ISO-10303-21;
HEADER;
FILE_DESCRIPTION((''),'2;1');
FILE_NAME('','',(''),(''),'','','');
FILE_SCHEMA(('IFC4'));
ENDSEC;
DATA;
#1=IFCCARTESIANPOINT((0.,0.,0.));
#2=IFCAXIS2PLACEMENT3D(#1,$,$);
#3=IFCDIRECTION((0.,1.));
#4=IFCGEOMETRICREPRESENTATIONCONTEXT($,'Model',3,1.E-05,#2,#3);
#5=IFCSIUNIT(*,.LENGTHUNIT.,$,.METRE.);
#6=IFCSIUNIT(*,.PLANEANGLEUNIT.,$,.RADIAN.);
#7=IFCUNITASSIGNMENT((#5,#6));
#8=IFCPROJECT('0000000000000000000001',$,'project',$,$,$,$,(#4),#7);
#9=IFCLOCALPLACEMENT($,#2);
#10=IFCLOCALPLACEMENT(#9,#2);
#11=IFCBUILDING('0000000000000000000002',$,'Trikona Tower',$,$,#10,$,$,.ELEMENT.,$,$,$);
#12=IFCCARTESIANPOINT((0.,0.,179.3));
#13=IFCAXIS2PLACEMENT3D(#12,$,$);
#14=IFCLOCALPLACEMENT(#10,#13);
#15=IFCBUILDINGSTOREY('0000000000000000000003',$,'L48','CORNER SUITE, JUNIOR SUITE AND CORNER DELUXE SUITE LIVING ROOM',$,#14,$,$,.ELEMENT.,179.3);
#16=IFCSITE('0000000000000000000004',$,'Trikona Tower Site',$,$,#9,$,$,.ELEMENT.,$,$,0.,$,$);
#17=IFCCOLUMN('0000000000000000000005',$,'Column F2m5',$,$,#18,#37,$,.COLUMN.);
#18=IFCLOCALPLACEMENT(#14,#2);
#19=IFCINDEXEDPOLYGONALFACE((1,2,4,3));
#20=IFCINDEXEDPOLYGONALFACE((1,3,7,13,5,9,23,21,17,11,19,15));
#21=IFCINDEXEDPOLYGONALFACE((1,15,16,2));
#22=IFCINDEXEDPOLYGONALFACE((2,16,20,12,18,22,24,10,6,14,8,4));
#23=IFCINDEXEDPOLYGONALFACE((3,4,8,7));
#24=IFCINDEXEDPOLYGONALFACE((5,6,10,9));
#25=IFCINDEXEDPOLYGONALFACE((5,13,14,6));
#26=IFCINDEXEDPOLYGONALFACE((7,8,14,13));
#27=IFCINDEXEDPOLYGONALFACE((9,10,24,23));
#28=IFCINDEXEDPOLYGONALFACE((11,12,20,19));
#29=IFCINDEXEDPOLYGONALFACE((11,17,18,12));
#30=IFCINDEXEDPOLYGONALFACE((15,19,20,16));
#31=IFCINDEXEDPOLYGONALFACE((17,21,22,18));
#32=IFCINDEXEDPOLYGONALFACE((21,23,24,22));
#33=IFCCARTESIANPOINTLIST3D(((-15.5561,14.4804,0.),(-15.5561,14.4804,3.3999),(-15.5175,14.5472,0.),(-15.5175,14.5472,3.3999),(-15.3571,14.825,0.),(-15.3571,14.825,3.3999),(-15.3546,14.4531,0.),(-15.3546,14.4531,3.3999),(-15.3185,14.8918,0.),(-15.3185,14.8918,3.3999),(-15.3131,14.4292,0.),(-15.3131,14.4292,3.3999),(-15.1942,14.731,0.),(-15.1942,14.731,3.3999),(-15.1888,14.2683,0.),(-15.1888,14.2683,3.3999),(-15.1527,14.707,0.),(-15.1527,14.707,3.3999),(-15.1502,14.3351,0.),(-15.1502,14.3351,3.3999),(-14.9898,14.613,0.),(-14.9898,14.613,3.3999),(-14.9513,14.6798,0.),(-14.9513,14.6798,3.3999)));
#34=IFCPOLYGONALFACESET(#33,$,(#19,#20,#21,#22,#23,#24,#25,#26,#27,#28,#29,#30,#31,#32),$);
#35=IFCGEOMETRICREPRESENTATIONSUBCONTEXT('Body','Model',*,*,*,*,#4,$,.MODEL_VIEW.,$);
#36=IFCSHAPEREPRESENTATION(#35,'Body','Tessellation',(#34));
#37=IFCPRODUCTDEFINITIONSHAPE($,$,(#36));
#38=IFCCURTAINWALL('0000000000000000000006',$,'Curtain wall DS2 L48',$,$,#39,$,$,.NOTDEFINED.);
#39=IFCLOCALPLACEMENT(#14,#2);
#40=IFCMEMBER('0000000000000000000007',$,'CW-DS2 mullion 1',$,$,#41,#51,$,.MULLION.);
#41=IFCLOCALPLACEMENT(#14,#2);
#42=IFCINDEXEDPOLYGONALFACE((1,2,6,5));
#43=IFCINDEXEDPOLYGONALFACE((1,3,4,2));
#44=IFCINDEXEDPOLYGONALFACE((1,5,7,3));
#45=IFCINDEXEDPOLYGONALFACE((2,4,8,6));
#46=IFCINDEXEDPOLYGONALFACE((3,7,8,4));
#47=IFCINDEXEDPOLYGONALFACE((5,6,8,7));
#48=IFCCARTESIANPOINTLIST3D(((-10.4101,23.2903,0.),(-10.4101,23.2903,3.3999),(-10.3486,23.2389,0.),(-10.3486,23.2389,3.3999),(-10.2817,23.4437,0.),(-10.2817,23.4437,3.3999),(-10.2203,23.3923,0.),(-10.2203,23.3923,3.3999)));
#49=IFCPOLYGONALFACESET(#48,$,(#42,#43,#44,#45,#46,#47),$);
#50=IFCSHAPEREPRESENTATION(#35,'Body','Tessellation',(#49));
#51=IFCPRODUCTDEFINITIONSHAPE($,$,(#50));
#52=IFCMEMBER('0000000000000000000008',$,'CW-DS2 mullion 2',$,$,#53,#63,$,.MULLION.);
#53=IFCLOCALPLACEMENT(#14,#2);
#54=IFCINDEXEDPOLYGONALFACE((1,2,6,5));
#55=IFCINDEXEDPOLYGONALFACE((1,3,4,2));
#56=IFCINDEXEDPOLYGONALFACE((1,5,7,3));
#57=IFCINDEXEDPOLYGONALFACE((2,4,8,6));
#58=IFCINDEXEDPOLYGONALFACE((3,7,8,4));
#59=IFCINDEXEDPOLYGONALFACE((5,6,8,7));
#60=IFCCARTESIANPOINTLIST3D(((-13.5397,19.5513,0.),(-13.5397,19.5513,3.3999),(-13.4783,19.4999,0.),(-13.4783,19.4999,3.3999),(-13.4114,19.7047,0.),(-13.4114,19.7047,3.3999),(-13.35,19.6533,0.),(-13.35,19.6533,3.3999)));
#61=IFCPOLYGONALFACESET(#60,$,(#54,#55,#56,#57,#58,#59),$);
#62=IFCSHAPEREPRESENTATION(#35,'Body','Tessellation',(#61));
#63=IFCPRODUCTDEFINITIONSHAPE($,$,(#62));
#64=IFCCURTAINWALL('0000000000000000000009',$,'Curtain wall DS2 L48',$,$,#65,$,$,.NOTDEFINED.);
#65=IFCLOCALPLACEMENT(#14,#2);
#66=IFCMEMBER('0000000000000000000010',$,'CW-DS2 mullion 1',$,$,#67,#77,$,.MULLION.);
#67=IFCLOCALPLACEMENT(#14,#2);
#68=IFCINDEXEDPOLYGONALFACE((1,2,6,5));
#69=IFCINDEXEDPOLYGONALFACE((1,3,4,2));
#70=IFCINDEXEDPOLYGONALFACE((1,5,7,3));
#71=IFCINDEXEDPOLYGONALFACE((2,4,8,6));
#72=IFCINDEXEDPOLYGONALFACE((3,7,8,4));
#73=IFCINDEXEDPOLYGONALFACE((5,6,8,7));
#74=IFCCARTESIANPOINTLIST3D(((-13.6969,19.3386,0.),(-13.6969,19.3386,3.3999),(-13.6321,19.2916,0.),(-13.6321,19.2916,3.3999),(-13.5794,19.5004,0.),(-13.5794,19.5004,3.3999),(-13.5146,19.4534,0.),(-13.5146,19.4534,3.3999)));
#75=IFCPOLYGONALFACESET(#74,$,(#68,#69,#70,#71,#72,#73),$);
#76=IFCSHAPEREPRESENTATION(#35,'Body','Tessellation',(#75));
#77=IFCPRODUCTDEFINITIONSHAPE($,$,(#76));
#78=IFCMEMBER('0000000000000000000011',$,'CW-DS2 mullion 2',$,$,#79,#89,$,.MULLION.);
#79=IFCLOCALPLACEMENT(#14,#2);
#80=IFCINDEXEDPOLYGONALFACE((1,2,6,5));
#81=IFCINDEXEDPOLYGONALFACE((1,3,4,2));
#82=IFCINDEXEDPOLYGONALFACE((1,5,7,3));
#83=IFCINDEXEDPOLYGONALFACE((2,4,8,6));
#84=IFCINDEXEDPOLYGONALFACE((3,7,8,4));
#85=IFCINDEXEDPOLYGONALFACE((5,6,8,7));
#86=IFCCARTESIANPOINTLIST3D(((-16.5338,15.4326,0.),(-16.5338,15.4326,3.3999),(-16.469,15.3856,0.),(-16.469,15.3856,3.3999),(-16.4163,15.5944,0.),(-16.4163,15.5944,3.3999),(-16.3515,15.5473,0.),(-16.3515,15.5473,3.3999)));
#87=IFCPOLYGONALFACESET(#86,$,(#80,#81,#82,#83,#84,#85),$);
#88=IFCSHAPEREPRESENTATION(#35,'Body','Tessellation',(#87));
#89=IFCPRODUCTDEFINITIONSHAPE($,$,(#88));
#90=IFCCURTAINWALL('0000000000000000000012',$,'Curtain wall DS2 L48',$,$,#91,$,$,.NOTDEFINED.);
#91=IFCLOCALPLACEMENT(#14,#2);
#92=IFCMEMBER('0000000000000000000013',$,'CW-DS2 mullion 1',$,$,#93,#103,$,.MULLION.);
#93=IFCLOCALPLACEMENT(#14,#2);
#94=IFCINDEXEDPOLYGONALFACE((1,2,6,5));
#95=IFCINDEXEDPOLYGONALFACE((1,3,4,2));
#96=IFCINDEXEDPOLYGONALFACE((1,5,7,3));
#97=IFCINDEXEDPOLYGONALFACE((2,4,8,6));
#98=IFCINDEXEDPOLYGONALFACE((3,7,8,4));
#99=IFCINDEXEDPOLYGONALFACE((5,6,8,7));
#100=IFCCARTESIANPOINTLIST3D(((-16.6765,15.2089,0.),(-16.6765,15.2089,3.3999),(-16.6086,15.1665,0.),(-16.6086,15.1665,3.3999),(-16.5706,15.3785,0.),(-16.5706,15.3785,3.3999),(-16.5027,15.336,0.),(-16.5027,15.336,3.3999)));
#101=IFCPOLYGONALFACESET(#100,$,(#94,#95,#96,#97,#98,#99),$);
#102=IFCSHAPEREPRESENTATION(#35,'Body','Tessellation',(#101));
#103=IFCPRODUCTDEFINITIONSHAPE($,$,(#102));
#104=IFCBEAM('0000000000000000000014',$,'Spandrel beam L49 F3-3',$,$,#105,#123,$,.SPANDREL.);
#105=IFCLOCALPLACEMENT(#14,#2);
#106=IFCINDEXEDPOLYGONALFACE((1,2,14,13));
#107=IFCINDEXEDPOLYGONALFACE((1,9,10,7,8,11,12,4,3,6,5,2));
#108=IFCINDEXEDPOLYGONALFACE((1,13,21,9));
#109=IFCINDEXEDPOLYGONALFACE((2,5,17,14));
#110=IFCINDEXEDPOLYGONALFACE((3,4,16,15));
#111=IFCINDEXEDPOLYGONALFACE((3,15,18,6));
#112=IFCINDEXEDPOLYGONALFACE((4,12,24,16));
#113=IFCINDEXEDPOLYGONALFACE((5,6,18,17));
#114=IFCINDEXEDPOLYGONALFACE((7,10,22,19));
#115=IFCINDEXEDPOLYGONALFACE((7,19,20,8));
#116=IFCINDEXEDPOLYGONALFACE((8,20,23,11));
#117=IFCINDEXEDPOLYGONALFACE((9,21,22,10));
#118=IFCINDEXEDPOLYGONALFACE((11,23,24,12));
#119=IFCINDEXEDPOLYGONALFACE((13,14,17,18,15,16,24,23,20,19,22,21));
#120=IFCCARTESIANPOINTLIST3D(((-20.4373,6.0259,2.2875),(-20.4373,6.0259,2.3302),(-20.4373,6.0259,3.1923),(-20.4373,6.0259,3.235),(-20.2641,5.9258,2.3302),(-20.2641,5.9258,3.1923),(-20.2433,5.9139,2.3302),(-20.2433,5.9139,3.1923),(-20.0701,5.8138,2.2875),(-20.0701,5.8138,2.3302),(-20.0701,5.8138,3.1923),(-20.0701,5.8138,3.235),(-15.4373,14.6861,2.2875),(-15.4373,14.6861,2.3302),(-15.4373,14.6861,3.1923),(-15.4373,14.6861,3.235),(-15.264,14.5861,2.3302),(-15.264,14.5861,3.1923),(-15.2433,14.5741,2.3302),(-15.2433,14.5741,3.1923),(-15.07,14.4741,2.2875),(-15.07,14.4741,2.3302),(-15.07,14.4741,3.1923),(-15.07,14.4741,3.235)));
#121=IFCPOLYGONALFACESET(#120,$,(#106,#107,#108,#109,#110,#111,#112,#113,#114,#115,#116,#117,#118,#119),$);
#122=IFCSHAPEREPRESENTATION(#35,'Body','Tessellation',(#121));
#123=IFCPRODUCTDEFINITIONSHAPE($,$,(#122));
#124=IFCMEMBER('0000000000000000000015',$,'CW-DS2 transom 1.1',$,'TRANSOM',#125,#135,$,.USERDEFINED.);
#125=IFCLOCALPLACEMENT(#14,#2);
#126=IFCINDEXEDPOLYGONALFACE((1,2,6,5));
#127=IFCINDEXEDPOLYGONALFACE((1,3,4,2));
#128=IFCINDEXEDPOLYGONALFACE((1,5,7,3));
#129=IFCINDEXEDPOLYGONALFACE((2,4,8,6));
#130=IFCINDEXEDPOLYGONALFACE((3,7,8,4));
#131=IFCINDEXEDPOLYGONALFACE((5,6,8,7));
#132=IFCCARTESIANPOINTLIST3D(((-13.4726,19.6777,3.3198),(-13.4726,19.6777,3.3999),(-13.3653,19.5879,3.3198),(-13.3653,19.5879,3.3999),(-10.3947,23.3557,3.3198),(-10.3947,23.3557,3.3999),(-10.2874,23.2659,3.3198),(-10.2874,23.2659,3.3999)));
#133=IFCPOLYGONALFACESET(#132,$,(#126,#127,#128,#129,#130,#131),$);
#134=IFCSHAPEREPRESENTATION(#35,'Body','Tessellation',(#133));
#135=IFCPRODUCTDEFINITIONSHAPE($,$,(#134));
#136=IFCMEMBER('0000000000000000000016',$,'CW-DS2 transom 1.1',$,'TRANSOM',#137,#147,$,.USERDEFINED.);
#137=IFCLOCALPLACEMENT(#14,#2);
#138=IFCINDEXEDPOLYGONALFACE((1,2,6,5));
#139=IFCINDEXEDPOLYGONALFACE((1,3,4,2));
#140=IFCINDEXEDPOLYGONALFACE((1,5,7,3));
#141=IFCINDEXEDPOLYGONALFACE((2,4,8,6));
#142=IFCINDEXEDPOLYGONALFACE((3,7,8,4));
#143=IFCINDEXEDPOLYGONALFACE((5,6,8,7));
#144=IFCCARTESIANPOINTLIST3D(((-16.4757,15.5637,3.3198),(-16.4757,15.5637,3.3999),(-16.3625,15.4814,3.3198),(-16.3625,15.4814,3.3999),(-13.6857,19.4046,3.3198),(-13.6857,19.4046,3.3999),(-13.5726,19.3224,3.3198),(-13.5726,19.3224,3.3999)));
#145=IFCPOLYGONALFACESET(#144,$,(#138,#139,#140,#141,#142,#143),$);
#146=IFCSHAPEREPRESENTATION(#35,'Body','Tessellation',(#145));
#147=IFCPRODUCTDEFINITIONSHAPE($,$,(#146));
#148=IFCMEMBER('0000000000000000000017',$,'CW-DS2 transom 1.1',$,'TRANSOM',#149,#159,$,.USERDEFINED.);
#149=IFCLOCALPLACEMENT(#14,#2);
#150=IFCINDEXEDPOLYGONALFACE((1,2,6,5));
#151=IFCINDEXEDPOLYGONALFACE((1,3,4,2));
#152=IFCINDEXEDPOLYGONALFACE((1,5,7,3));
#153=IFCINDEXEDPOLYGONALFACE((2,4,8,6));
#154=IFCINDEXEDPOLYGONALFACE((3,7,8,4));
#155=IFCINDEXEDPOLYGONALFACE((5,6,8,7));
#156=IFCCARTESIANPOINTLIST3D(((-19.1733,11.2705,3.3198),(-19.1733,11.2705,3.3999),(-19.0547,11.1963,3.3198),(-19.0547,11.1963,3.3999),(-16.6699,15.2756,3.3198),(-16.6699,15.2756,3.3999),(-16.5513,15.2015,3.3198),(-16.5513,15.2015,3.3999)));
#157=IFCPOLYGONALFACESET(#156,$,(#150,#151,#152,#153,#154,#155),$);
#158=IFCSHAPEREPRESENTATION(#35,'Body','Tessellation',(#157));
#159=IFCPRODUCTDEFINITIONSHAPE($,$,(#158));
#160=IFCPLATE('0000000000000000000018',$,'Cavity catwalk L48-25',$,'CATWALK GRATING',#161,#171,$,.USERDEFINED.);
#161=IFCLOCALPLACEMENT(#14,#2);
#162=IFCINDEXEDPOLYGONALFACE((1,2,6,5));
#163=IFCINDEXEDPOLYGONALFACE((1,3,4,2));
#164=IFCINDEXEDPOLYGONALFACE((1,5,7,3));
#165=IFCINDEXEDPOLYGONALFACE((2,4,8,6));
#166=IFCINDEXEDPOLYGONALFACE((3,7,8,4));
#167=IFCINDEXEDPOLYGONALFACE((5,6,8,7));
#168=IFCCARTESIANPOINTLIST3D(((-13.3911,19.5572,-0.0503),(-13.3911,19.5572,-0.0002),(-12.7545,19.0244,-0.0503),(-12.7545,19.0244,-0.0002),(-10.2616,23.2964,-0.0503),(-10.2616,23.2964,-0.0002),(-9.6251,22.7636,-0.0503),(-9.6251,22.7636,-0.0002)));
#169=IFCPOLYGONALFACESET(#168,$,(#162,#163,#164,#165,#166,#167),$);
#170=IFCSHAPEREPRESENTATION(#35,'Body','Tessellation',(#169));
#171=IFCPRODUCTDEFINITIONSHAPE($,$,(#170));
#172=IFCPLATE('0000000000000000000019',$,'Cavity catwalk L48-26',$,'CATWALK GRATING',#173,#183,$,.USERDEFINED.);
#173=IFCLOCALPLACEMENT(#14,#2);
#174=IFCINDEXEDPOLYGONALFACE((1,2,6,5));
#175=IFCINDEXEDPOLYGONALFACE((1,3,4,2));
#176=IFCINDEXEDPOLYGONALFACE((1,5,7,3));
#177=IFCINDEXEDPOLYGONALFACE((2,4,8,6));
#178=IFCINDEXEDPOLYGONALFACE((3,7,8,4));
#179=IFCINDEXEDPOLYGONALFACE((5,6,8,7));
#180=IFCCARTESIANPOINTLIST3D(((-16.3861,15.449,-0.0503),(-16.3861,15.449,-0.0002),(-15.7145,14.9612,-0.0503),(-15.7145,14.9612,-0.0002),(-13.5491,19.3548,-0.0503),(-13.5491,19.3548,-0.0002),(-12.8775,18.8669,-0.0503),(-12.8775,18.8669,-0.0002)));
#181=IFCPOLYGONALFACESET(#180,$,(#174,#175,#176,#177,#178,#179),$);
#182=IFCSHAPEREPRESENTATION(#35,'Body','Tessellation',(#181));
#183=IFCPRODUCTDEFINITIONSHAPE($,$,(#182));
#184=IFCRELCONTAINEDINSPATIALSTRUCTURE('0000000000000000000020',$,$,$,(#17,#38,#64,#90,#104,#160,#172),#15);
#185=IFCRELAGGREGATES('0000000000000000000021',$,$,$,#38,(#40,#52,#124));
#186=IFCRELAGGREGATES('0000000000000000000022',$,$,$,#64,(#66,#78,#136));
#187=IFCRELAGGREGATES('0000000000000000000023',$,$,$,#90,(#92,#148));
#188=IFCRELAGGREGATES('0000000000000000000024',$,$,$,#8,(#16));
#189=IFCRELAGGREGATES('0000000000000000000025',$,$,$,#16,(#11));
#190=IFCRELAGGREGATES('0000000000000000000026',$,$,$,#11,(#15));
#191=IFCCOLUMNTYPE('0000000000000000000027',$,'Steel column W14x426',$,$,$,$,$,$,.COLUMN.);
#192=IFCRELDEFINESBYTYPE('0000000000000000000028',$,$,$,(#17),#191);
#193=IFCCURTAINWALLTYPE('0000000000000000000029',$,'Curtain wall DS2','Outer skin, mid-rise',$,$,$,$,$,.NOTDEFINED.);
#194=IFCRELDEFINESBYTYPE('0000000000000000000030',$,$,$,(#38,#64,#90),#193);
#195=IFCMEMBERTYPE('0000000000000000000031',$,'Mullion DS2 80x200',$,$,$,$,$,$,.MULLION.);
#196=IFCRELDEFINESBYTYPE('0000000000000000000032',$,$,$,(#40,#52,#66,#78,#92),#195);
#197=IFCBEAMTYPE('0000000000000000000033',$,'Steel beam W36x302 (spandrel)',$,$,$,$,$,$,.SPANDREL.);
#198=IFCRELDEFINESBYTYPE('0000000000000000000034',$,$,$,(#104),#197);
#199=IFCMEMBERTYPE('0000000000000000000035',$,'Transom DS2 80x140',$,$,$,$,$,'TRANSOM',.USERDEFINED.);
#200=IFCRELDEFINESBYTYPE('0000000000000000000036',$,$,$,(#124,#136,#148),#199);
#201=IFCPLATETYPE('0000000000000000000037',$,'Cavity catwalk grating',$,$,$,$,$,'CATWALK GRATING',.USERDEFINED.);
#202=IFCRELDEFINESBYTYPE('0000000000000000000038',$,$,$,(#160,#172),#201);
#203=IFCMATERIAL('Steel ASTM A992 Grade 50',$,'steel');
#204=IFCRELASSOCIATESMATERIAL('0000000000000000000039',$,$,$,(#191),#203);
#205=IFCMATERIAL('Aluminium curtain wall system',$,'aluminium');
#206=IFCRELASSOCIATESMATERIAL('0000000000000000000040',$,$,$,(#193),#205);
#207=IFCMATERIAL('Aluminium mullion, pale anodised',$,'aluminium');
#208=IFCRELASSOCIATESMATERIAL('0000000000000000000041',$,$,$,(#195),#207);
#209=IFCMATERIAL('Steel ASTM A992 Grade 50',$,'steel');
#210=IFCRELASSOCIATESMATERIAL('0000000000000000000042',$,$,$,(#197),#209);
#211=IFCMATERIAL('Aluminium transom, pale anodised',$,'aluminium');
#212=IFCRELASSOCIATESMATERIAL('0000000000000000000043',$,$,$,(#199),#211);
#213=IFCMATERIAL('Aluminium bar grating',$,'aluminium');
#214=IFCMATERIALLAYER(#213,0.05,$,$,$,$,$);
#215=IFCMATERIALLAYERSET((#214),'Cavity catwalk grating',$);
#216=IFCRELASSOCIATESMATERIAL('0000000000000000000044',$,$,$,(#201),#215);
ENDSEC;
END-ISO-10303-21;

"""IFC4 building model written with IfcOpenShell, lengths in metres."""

from ifc_helpers import new_model, si_unit, direction, frame, origin, origin_2d, place, context, subcontext, project, spatial, rectangle, i_section, extrude, material, layer, layer_set, material_profile, profile_set, type_object, element, aggregate, save


model = new_model("IFC4")

# Units and contexts
model_context = context("Model", 3, precision=1e-05, world=origin(), true_north=direction((0.0, 1.0)))
body_context = subcontext(model_context, "Body", "Model", "MODEL_VIEW")
ifc_project = project(units=[si_unit("LENGTHUNIT", "METRE"), si_unit("PLANEANGLEUNIT", "RADIAN")], contexts=[model_context])

# Site, building, storey
site_placement = place(None, origin())
site = spatial("IfcSite", under=ifc_project, at=site_placement, Name="Trikona Tower Site", CompositionType="ELEMENT", RefElevation=0.0)
building_placement = place(site_placement, origin())
building = spatial("IfcBuilding", under=site, at=building_placement, Name="Trikona Tower", CompositionType="ELEMENT")
storey_placement = place(building_placement, frame((0.0, 0.0, 179.3)))
storey = spatial("IfcBuildingStorey", under=building, at=storey_placement, Name="L48", Description="CORNER SUITE, JUNIOR SUITE AND CORNER DELUXE SUITE LIVING ROOM", CompositionType="ELEMENT", Elevation=179.3)

# Column
ifc_material_1 = material(Name="Steel ASTM A992 Grade 50", Category="steel")
ifc_material_profile_1 = material_profile(ifc_material_1, i_section(OverallWidth=0.4241, OverallDepth=0.4751, WebThickness=0.0479, FlangeThickness=0.0771, at=origin_2d()), Name="W14X426")
ifc_profile_set_1 = profile_set([ifc_material_profile_1], Name="Steel ASTM A992 Grade 50")
column_type = type_object("IfcColumnType", Name="Steel column W14x426", PredefinedType="COLUMN", material=ifc_profile_set_1)
column_placement = place(storey_placement, frame((-15.2537, 14.5801, 0.0), z_axis=(0.0, 0.0, 1.0), x_axis=(-0.866025, 0.5, 0.0)))
element("IfcColumn", 1, at=column_placement, inside=storey, type_object=column_type, Name="Column F2m5", PredefinedType="COLUMN", context=body_context, shape_type="SweptSolid", body=[
    extrude(i_section(OverallWidth=0.4241, OverallDepth=0.4751, WebThickness=0.0479, FlangeThickness=0.0771, at=origin_2d()), origin(), (0.0, 0.0, 1.0), 3.3999),
])

# Curtain walls, members
ifc_material_2 = material(Name="Aluminium curtain wall system", Category="aluminium")
curtain_wall_type = type_object("IfcCurtainWallType", Name="Curtain wall DS2", Description="Outer skin, mid-rise", PredefinedType="NOTDEFINED", material=ifc_material_2)
curtain_wall_1_placement = place(storey_placement, origin())
curtain_wall_1 = element("IfcCurtainWall", 2, at=curtain_wall_1_placement, inside=storey, type_object=curtain_wall_type, Name="Curtain wall DS2 L48", PredefinedType="NOTDEFINED")
ifc_material_3 = material(Name="Aluminium mullion, pale anodised", Category="aluminium")
ifc_material_profile_2 = material_profile(ifc_material_3, rectangle(XDim=0.0801, YDim=0.2, at=origin_2d()), Name="MUL-DS2")
ifc_profile_set_2 = profile_set([ifc_material_profile_2], Name="Aluminium mullion, pale anodised")
member_type_1 = type_object("IfcMemberType", Name="Mullion DS2 80x200", PredefinedType="MULLION", material=ifc_profile_set_2)
member_1_placement = place(storey_placement, frame((-10.3152, 23.3413, 0.0), z_axis=(0.0, 0.0, 1.0), x_axis=(0.766867, -0.641806, 0.0)))
member_1 = element("IfcMember", 3, at=member_1_placement, type_object=member_type_1, Name="CW-DS2 mullion 1", PredefinedType="MULLION", context=body_context, shape_type="SweptSolid", body=[
    extrude(rectangle(XDim=0.0801, YDim=0.2, at=origin_2d()), origin(), (0.0, 0.0, 1.0), 3.3999),
])
member_2_placement = place(storey_placement, frame((-13.4448, 19.6023, 0.0), z_axis=(0.0, 0.0, 1.0), x_axis=(0.766867, -0.641806, 0.0)))
member_2 = element("IfcMember", 4, at=member_2_placement, type_object=member_type_1, Name="CW-DS2 mullion 2", PredefinedType="MULLION", context=body_context, shape_type="SweptSolid", body=[
    extrude(rectangle(XDim=0.0801, YDim=0.2, at=origin_2d()), origin(), (0.0, 0.0, 1.0), 3.3999),
])
curtain_wall_2_placement = place(storey_placement, origin())
curtain_wall_2 = element("IfcCurtainWall", 5, at=curtain_wall_2_placement, inside=storey, type_object=curtain_wall_type, Name="Curtain wall DS2 L48", PredefinedType="NOTDEFINED")
member_3_placement = place(storey_placement, frame((-13.6057, 19.396, 0.0), z_axis=(0.0, 0.0, 1.0), x_axis=(0.809086, -0.587691, 0.0)))
member_3 = element("IfcMember", 6, at=member_3_placement, type_object=member_type_1, Name="CW-DS2 mullion 1", PredefinedType="MULLION", context=body_context, shape_type="SweptSolid", body=[
    extrude(rectangle(XDim=0.0801, YDim=0.2, at=origin_2d()), origin(), (0.0, 0.0, 1.0), 3.3999),
])
member_4_placement = place(storey_placement, frame((-16.4426, 15.49, 0.0), z_axis=(0.0, 0.0, 1.0), x_axis=(0.809086, -0.587691, 0.0)))
member_4 = element("IfcMember", 7, at=member_4_placement, type_object=member_type_1, Name="CW-DS2 mullion 2", PredefinedType="MULLION", context=body_context, shape_type="SweptSolid", body=[
    extrude(rectangle(XDim=0.0801, YDim=0.2, at=origin_2d()), origin(), (0.0, 0.0, 1.0), 3.3999),
])

# Curtain wall, member
curtain_wall_3_placement = place(storey_placement, origin())
curtain_wall_3 = element("IfcCurtainWall", 8, at=curtain_wall_3_placement, inside=storey, type_object=curtain_wall_type, Name="Curtain wall DS2 L48", PredefinedType="NOTDEFINED")
member_5_placement = place(storey_placement, frame((-16.5896, 15.2725, 0.0), z_axis=(0.0, 0.0, 1.0), x_axis=(0.847998, -0.529999, 0.0)))
member_5 = element("IfcMember", 9, at=member_5_placement, type_object=member_type_1, Name="CW-DS2 mullion 1", PredefinedType="MULLION", context=body_context, shape_type="SweptSolid", body=[
    extrude(rectangle(XDim=0.0801, YDim=0.2, at=origin_2d()), origin(), (0.0, 0.0, 1.0), 3.3999),
])

# Beam
ifc_material_4 = material(Name="Steel ASTM A992 Grade 50", Category="steel")
ifc_material_profile_3 = material_profile(ifc_material_4, i_section(OverallWidth=0.4241, OverallDepth=0.9475, WebThickness=0.0239, FlangeThickness=0.0427, at=origin_2d()), Name="W36X302")
ifc_profile_set_3 = profile_set([ifc_material_profile_3], Name="Steel ASTM A992 Grade 50")
beam_type = type_object("IfcBeamType", Name="Steel beam W36x302 (spandrel)", PredefinedType="SPANDREL", material=ifc_profile_set_3)
beam_placement = place(storey_placement, frame((-15.2537, 14.5801, 2.7612), z_axis=(-0.500004, -0.866023, 0.0), x_axis=(0.866023, -0.500004, 0.0)))
element("IfcBeam", 10, at=beam_placement, inside=storey, type_object=beam_type, Name="Spandrel beam L49 F3-3", PredefinedType="SPANDREL", context=body_context, shape_type="SweptSolid", body=[
    extrude(i_section(OverallWidth=0.4241, OverallDepth=0.9475, WebThickness=0.0239, FlangeThickness=0.0427, at=origin_2d()), origin(), (0.0, 0.0, 1.0), 10.0),
])

# Members
ifc_material_5 = material(Name="Aluminium transom, pale anodised", Category="aluminium")
ifc_material_profile_4 = material_profile(ifc_material_5, rectangle(XDim=0.1399, YDim=0.0801, at=origin_2d()), Name="TRN-DS2")
ifc_profile_set_4 = profile_set([ifc_material_profile_4], Name="Aluminium transom, pale anodised")
member_type_2 = type_object("IfcMemberType", Name="Transom DS2 80x140", ElementType="TRANSOM", PredefinedType="USERDEFINED", material=ifc_profile_set_4)
member_6_placement = place(storey_placement, frame((-10.3411, 23.3108, 3.3599), z_axis=(-0.64177, -0.766897, 0.0), x_axis=(0.766897, -0.64177, 0.0)))
member_6 = element("IfcMember", 11, at=member_6_placement, type_object=member_type_2, Name="CW-DS2 transom 1.1", ObjectType="TRANSOM", PredefinedType="USERDEFINED", context=body_context, shape_type="SweptSolid", body=[
    extrude(rectangle(XDim=0.1399, YDim=0.0801, at=origin_2d()), origin(), (0.0, 0.0, 1.0), 4.7959),
])
member_7_placement = place(storey_placement, frame((-13.6292, 19.3635, 3.3599), z_axis=(-0.587695, -0.809083, 0.0), x_axis=(0.809083, -0.587695, 0.0)))
member_7 = element("IfcMember", 12, at=member_7_placement, type_object=member_type_2, Name="CW-DS2 transom 1.1", ObjectType="TRANSOM", PredefinedType="USERDEFINED", context=body_context, shape_type="SweptSolid", body=[
    extrude(rectangle(XDim=0.1399, YDim=0.0801, at=origin_2d()), origin(), (0.0, 0.0, 1.0), 4.7473),
])
member_8_placement = place(storey_placement, frame((-16.6106, 15.2385, 3.3599), z_axis=(-0.530031, -0.847978, 0.0), x_axis=(0.847978, -0.530031, 0.0)))
member_8 = element("IfcMember", 13, at=member_8_placement, type_object=member_type_2, Name="CW-DS2 transom 1.1", ObjectType="TRANSOM", PredefinedType="USERDEFINED", context=body_context, shape_type="SweptSolid", body=[
    extrude(rectangle(XDim=0.1399, YDim=0.0801, at=origin_2d()), origin(), (0.0, 0.0, 1.0), 4.7231),
])

# Plates
ifc_material_6 = material(Name="Aluminium bar grating", Category="aluminium")
ifc_layer_1 = layer(ifc_material_6, 0.05)
ifc_layer_set_1 = layer_set([ifc_layer_1], Name="Cavity catwalk grating")
plate_type_1 = type_object("IfcPlateType", Name="Cavity catwalk grating", ElementType="CATWALK GRATING", PredefinedType="USERDEFINED", material=ifc_layer_set_1)
plate_1_placement = place(storey_placement, frame((-11.5081, 21.1604, -0.0503), z_axis=(0.0, 0.0, 1.0), x_axis=(-0.641807, -0.766866, 0.0)))
element("IfcPlate", 14, at=plate_1_placement, inside=storey, type_object=plate_type_1, Name="Cavity catwalk L48-25", ObjectType="CATWALK GRATING", PredefinedType="USERDEFINED", context=body_context, shape_type="SweptSolid", body=[
    extrude(rectangle(XDim=4.876, YDim=0.8301, at=origin_2d()), origin(), (0.0, 0.0, 1.0), 0.05),
])
plate_2_placement = place(storey_placement, frame((-14.6318, 17.158, -0.0503), z_axis=(0.0, 0.0, 1.0), x_axis=(-0.587686, -0.809089, 0.0)))
element("IfcPlate", 15, at=plate_2_placement, inside=storey, type_object=plate_type_1, Name="Cavity catwalk L48-26", ObjectType="CATWALK GRATING", PredefinedType="USERDEFINED", context=body_context, shape_type="SweptSolid", body=[
    extrude(rectangle(XDim=4.8274, YDim=0.8301, at=origin_2d()), origin(), (0.0, 0.0, 1.0), 0.05),
])

aggregate(curtain_wall_1, [member_1, member_2, member_6])
aggregate(curtain_wall_2, [member_3, member_4, member_7])
aggregate(curtain_wall_3, [member_5, member_8])

save(model, "model.ifc")
